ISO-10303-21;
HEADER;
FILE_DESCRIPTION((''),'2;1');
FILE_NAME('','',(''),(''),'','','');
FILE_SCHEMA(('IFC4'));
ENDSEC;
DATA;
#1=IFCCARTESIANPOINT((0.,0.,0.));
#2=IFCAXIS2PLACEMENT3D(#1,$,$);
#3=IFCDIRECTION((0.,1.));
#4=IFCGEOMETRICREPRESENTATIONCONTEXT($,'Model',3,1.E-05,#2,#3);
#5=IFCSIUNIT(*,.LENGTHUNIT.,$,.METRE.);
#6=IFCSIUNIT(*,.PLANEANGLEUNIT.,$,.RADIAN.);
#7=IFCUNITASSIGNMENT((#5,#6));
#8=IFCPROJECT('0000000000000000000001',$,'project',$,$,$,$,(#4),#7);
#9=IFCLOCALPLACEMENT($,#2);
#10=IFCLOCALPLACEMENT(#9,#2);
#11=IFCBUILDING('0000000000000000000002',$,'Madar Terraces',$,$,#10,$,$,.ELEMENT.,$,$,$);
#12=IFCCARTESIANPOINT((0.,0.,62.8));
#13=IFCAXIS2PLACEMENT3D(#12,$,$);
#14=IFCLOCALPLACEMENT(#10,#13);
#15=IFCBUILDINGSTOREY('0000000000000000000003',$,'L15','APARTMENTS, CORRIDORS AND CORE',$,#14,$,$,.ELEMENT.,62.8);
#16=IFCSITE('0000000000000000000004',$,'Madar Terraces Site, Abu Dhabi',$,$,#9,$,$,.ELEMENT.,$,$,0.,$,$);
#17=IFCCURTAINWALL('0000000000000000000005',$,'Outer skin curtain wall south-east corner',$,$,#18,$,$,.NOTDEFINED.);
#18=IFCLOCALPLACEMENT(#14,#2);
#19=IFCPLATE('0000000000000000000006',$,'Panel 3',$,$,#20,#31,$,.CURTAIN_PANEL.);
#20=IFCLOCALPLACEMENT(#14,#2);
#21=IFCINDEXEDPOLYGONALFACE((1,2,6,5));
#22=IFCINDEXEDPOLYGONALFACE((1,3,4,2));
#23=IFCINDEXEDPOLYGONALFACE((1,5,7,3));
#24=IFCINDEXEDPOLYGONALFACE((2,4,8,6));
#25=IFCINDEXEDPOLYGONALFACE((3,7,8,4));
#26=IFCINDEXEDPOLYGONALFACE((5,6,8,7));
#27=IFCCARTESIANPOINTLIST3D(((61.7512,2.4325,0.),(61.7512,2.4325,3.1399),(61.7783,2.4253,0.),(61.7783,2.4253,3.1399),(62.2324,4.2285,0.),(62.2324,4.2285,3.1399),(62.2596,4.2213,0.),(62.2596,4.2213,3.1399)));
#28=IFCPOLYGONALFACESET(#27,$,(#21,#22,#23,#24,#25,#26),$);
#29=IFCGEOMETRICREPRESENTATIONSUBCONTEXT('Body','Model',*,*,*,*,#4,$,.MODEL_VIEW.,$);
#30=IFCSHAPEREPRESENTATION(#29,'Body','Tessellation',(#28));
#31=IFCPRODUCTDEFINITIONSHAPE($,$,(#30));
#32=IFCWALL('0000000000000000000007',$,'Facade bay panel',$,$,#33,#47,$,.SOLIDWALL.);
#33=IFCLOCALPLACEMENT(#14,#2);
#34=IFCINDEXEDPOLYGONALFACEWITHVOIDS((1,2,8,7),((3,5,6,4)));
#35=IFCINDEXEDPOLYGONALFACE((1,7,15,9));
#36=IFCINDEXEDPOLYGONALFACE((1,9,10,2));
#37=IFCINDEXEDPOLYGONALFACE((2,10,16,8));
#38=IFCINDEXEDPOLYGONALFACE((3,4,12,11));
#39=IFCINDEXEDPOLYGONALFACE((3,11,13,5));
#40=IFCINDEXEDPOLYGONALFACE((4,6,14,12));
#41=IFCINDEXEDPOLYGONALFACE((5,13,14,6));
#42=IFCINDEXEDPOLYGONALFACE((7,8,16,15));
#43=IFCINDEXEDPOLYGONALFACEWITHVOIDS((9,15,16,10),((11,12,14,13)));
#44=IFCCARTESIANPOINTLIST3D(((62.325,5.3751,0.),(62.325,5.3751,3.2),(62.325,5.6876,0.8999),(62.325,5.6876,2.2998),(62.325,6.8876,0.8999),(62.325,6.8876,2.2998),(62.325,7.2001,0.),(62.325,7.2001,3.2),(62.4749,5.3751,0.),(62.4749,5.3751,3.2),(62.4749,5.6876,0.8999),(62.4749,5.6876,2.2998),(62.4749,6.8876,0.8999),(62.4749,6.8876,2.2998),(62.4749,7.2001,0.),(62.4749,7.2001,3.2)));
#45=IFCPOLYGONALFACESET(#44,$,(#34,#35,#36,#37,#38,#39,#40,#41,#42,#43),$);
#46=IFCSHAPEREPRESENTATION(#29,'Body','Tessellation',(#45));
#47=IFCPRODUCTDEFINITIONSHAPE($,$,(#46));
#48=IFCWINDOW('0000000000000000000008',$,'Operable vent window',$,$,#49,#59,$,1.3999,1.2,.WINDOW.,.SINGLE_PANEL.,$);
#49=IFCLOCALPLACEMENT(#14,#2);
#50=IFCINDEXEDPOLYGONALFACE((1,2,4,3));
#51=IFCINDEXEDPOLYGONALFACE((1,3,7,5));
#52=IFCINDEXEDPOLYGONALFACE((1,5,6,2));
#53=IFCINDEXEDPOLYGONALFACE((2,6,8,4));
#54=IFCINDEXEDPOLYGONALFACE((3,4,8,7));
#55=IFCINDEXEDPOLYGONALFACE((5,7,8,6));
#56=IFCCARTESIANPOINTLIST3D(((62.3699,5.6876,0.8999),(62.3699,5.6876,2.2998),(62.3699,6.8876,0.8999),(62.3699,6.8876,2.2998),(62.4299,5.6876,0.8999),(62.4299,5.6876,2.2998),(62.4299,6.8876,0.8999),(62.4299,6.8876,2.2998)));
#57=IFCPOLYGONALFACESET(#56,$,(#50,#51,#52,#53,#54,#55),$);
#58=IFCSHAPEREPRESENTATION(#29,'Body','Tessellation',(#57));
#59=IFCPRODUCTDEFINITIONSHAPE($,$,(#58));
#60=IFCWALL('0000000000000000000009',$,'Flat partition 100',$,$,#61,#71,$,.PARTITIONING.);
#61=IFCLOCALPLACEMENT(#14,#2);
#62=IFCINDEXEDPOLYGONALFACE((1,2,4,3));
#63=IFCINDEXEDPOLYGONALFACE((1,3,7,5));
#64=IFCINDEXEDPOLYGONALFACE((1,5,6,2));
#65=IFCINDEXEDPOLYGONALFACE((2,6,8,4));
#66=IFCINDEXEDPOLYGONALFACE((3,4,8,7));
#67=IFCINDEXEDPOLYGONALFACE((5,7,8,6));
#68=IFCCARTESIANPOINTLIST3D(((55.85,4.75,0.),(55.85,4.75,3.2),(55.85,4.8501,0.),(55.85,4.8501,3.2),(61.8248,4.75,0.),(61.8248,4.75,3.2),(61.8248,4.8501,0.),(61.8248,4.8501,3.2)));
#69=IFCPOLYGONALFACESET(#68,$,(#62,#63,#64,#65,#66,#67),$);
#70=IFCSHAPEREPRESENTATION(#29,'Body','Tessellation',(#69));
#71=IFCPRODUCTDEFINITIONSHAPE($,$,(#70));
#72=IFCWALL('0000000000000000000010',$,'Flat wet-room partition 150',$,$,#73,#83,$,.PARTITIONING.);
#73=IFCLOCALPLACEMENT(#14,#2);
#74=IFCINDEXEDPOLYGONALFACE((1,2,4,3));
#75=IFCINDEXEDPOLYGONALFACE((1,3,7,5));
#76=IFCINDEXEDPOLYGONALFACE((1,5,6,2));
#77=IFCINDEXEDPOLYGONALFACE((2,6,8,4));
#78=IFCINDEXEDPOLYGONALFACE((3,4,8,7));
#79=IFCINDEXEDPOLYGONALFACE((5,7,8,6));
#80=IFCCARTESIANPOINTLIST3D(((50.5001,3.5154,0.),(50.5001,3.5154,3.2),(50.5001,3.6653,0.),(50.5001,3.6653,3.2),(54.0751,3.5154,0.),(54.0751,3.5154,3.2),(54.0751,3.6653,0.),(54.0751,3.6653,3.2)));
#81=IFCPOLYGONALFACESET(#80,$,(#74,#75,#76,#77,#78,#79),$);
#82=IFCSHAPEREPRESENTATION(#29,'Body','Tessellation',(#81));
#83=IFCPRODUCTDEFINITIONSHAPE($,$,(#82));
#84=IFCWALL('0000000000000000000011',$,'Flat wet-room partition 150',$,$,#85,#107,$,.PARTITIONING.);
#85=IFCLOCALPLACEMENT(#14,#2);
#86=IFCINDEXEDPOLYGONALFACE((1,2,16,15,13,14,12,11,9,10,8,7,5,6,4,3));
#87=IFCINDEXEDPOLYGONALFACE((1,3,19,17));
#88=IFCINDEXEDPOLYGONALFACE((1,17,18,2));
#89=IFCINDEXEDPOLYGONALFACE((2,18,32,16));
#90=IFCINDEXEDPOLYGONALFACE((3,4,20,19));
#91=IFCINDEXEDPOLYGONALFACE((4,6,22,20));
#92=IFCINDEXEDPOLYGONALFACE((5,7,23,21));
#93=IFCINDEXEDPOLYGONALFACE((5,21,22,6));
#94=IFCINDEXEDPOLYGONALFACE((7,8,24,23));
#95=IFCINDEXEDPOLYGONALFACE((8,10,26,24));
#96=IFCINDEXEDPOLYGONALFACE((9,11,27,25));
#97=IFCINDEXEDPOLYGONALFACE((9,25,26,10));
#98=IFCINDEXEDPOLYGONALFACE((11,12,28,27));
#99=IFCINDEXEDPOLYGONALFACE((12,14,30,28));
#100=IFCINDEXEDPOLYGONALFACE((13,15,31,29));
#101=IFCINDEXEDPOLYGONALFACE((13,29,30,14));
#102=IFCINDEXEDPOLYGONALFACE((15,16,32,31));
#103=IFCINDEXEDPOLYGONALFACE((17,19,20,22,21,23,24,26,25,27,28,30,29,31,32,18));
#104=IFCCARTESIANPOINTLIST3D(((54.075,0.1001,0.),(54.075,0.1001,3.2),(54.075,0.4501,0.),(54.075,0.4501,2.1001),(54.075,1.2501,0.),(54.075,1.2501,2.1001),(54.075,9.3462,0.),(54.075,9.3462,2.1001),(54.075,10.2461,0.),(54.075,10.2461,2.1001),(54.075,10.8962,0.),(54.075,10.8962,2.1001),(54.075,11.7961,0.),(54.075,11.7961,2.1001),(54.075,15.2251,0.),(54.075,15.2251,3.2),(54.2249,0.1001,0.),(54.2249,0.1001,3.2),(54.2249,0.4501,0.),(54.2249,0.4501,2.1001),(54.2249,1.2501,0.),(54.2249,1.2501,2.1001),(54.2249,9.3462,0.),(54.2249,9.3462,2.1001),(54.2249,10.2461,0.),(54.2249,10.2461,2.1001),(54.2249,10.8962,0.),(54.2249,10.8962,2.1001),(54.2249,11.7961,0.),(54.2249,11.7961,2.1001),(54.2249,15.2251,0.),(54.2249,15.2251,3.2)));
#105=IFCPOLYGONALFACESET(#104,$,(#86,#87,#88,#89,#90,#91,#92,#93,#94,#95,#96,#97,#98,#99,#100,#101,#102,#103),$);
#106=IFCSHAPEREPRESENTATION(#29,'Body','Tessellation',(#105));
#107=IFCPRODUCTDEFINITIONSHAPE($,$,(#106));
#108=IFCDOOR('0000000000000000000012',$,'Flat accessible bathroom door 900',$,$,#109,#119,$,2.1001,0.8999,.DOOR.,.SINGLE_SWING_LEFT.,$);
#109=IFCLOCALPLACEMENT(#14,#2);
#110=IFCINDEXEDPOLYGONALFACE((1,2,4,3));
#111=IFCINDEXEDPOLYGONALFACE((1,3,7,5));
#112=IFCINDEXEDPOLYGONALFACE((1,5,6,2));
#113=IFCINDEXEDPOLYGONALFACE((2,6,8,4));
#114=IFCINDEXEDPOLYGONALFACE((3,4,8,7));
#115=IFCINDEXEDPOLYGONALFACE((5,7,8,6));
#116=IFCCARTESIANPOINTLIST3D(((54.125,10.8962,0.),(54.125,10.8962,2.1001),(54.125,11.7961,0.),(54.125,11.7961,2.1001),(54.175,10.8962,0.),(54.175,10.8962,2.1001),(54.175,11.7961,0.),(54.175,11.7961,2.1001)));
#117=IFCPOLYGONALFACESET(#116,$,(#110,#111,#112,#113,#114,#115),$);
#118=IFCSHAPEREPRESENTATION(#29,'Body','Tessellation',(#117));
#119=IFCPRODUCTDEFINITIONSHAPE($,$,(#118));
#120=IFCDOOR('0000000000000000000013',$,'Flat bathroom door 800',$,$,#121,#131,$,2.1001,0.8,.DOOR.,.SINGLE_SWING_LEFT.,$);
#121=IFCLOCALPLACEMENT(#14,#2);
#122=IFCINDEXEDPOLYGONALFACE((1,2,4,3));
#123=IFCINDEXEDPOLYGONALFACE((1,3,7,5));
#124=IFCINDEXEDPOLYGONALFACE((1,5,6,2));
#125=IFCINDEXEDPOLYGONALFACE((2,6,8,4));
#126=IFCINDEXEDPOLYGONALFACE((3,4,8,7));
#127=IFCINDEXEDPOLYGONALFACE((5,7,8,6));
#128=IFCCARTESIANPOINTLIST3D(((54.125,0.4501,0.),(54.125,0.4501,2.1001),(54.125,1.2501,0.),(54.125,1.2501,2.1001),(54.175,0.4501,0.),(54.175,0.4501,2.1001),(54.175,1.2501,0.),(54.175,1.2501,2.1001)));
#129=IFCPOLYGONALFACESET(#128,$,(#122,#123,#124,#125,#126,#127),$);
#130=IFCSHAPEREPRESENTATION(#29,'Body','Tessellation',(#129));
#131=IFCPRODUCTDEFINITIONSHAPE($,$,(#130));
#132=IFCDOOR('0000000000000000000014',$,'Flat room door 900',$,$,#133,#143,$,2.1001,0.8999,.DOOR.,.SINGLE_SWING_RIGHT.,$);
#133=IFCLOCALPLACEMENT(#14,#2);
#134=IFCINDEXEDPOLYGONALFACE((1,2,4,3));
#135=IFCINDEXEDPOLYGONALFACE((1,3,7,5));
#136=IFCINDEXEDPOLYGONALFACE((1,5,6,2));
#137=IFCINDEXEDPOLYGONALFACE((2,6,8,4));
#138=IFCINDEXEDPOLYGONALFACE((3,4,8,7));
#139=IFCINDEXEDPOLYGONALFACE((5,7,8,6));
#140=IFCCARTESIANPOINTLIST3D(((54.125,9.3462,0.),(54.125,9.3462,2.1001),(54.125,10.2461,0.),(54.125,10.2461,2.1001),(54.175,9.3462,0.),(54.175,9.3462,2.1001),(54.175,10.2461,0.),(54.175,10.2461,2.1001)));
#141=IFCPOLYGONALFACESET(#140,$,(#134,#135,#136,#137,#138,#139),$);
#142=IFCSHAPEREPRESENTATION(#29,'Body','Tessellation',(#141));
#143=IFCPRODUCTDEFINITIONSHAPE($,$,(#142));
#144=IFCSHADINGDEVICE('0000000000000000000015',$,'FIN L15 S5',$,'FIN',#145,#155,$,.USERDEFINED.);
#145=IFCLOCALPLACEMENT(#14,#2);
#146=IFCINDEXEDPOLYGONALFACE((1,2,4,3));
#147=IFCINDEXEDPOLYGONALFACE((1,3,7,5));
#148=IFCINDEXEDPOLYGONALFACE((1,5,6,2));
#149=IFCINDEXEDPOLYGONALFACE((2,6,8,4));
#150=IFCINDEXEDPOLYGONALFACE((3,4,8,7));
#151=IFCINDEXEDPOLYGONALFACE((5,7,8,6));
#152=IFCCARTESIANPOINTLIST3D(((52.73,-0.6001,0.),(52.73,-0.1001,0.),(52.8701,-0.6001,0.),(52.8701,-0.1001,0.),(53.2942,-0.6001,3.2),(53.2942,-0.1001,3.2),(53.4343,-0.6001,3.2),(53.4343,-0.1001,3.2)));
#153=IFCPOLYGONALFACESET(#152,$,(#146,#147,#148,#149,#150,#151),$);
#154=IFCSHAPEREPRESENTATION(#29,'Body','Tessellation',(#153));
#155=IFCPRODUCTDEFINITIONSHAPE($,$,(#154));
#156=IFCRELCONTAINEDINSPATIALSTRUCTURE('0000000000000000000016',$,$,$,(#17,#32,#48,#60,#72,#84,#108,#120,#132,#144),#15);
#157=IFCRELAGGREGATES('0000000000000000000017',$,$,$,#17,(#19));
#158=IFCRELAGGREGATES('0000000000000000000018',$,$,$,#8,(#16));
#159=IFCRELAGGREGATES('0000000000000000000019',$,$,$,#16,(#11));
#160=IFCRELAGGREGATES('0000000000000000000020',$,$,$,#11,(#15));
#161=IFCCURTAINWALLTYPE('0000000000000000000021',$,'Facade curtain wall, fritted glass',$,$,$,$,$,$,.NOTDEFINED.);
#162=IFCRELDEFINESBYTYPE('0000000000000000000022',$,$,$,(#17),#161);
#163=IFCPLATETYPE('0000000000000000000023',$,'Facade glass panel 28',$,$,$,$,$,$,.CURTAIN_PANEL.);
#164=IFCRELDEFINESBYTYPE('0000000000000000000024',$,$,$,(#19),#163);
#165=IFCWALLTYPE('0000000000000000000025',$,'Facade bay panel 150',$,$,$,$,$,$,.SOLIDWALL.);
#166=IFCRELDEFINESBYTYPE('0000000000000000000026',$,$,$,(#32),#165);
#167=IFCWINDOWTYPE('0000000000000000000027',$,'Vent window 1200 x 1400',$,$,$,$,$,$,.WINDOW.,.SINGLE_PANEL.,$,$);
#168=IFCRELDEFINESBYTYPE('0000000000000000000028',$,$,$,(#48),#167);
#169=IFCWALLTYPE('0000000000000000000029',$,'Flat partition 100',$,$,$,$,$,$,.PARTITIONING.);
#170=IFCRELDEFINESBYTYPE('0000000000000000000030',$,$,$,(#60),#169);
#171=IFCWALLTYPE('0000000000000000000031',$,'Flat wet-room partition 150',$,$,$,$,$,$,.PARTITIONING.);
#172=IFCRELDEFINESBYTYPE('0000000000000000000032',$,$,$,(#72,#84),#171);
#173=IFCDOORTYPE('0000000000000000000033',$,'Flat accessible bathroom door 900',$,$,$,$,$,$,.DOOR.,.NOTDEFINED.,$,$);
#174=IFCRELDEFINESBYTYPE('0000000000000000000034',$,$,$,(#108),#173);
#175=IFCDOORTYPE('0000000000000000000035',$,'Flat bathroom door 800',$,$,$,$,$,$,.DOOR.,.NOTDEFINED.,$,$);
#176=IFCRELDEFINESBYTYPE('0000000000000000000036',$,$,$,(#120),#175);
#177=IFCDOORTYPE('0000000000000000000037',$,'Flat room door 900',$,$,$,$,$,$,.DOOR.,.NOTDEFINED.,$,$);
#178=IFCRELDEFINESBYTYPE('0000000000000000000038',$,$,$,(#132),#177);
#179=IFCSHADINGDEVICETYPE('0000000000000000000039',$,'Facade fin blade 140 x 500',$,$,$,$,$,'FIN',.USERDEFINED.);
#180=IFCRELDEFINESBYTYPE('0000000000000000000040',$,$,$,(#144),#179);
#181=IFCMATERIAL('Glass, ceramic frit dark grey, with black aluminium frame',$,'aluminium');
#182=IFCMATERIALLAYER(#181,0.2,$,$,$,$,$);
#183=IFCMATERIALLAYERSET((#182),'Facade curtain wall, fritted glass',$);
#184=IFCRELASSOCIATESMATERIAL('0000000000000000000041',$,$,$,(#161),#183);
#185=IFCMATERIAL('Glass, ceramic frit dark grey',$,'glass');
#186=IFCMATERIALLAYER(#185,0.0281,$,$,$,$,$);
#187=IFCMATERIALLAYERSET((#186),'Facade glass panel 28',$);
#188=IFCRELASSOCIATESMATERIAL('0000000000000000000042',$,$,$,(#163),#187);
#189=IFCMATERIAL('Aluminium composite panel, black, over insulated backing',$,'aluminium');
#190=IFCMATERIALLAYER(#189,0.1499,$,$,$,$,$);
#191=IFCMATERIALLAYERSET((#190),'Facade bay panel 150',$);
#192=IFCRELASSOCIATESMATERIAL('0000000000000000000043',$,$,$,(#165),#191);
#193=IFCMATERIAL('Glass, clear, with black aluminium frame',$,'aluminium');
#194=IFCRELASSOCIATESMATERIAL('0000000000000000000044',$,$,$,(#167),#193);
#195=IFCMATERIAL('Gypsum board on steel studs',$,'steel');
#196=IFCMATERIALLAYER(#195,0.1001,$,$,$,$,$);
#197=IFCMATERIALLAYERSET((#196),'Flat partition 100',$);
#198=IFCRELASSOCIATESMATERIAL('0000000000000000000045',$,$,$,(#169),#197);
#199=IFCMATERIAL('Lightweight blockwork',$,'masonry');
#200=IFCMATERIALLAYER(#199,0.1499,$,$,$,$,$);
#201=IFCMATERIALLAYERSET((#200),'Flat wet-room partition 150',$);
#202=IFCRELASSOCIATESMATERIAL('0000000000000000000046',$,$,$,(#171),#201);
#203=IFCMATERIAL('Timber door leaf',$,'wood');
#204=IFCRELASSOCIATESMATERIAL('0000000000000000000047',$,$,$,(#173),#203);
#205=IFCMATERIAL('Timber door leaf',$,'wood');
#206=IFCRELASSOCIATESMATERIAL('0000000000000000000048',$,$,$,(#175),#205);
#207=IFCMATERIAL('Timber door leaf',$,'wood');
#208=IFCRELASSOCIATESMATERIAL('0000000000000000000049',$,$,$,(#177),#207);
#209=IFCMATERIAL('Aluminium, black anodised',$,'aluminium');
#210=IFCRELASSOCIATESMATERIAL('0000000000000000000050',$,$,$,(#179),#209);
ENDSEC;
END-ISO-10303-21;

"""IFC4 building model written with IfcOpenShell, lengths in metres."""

from ifc_helpers import new_model, si_unit, direction, frame, frame_2d, origin, origin_2d, place, context, subcontext, project, spatial, polyline, rectangle, outline, extrude, material, layer, layer_set, type_object, element, fill, aggregate, save


model = new_model("IFC4")

# Units and contexts
model_context = context("Model", 3, precision=1e-05, world=origin(), true_north=direction((0.0, 1.0)))
body_context = subcontext(model_context, "Body", "Model", "MODEL_VIEW")
ifc_project = project(units=[si_unit("LENGTHUNIT", "METRE"), si_unit("PLANEANGLEUNIT", "RADIAN")], contexts=[model_context])

# Site, building, storey
site_placement = place(None, origin())
site = spatial("IfcSite", under=ifc_project, at=site_placement, Name="Madar Terraces Site, Abu Dhabi", CompositionType="ELEMENT", RefElevation=0.0)
building_placement = place(site_placement, origin())
building = spatial("IfcBuilding", under=site, at=building_placement, Name="Madar Terraces", CompositionType="ELEMENT")
storey_placement = place(building_placement, frame((0.0, 0.0, 62.8)))
storey = spatial("IfcBuildingStorey", under=building, at=storey_placement, Name="L15", Description="APARTMENTS, CORRIDORS AND CORE", CompositionType="ELEMENT", Elevation=62.8)

# Shared definitions
ifc_material_1 = material(Name="Glass, ceramic frit dark grey, with black aluminium frame", Category="aluminium")
ifc_layer_1 = layer(ifc_material_1, 0.2)
ifc_layer_set_1 = layer_set([ifc_layer_1], Name="Facade curtain wall, fritted glass")
curtain_wall_type = type_object("IfcCurtainWallType", Name="Facade curtain wall, fritted glass", PredefinedType="NOTDEFINED", material=ifc_layer_set_1)

# Curtain wall
curtain_wall_1_placement = place(storey_placement, origin())
curtain_wall_1 = element("IfcCurtainWall", 1, at=curtain_wall_1_placement, inside=storey, type_object=curtain_wall_type, Name="Outer skin curtain wall south-east corner", PredefinedType="NOTDEFINED")

# Plate
ifc_material_2 = material(Name="Glass, ceramic frit dark grey", Category="glass")
ifc_layer_2 = layer(ifc_material_2, 0.0281)
ifc_layer_set_2 = layer_set([ifc_layer_2], Name="Facade glass panel 28")
plate_type = type_object("IfcPlateType", Name="Facade glass panel 28", PredefinedType="CURTAIN_PANEL", material=ifc_layer_set_2)
plate_1_placement = place(storey_placement, frame((62.0054, 3.3269, 0.0), z_axis=(0.0, 0.0, 1.0), x_axis=(0.258819, 0.965926, 0.0)))
plate_1 = element("IfcPlate", 2, at=plate_1_placement, type_object=plate_type, Name="Panel 3", PredefinedType="CURTAIN_PANEL", context=body_context, shape_type="SweptSolid", body=[
    extrude(rectangle(XDim=1.8594, YDim=0.0281, at=origin_2d()), origin(), (0.0, 0.0, 1.0), 3.1399),
])
aggregate(curtain_wall_1, [plate_1])

# Wall, opening, window
ifc_material_3 = material(Name="Aluminium composite panel, black, over insulated backing", Category="aluminium")
ifc_layer_3 = layer(ifc_material_3, 0.1499)
ifc_layer_set_3 = layer_set([ifc_layer_3], Name="Facade bay panel 150")
wall_type_1 = type_object("IfcWallType", Name="Facade bay panel 150", PredefinedType="SOLIDWALL", material=ifc_layer_set_3)
wall_1_placement = place(storey_placement, frame((62.3999, 5.375, 0.0), z_axis=(0.0, 0.0, 1.0), x_axis=(0.0, 1.0, 0.0)))
wall_1 = element("IfcWall", 3, at=wall_1_placement, inside=storey, type_object=wall_type_1, Name="Facade bay panel", PredefinedType="SOLIDWALL", context=body_context, shape_type="SweptSolid", body=[
    extrude(rectangle(XDim=1.825, YDim=0.1499, at=frame_2d((0.9126, 0.0))), origin(), (0.0, 0.0, 1.0), 3.2),
])
opening_1_placement = place(wall_1_placement, frame((0.3125, 0.0, 0.8999)))
opening_1 = element("IfcOpeningElement", 4, at=opening_1_placement, cuts=wall_1, PredefinedType="OPENING", context=body_context, shape_type="SweptSolid", body=[
    extrude(rectangle(XDim=1.2, YDim=1.3999, at=frame_2d((0.6001, 0.7))), frame((0.0, 0.085, 0.0), z_axis=(0.0, -1.0, 0.0), x_axis=(1.0, 0.0, 0.0)), (0.0, 0.0, 1.0), 0.1699),
])
ifc_material_4 = material(Name="Glass, clear, with black aluminium frame", Category="aluminium")
window_type = type_object("IfcWindowType", Name="Vent window 1200 x 1400", PartitioningType="SINGLE_PANEL", PredefinedType="WINDOW", material=ifc_material_4)
window_placement = place(opening_1_placement, origin())
window = element("IfcWindow", 5, at=window_placement, inside=storey, type_object=window_type, Name="Operable vent window", OverallHeight=1.3999, OverallWidth=1.2, PartitioningType="SINGLE_PANEL", PredefinedType="WINDOW", context=body_context, shape_type="SweptSolid", body=[
    extrude(rectangle(XDim=1.2, YDim=1.3999, at=frame_2d((0.6001, 0.7))), frame((0.0, 0.03, 0.0), z_axis=(0.0, -1.0, 0.0), x_axis=(1.0, 0.0, 0.0)), (0.0, 0.0, 1.0), 0.0601),
])
fill(opening_1, window)

# Walls
ifc_material_5 = material(Name="Gypsum board on steel studs", Category="steel")
ifc_layer_4 = layer(ifc_material_5, 0.1001)
ifc_layer_set_4 = layer_set([ifc_layer_4], Name="Flat partition 100")
wall_type_2 = type_object("IfcWallType", Name="Flat partition 100", PredefinedType="PARTITIONING", material=ifc_layer_set_4)
wall_2_placement = place(storey_placement, frame((55.8501, 4.8, 0.0), z_axis=(0.0, 0.0, 1.0), x_axis=(1.0, 0.0, 0.0)))
element("IfcWall", 6, at=wall_2_placement, inside=storey, type_object=wall_type_2, Name="Flat partition 100", PredefinedType="PARTITIONING", context=body_context, shape_type="SweptSolid", body=[
    extrude(rectangle(XDim=5.9749, YDim=0.1001, at=frame_2d((2.9873, 0.0))), origin(), (0.0, 0.0, 1.0), 3.2),
])
ifc_material_6 = material(Name="Lightweight blockwork", Category="masonry")
ifc_layer_5 = layer(ifc_material_6, 0.1499)
ifc_layer_set_5 = layer_set([ifc_layer_5], Name="Flat wet-room partition 150")
wall_type_3 = type_object("IfcWallType", Name="Flat wet-room partition 150", PredefinedType="PARTITIONING", material=ifc_layer_set_5)
wall_3_placement = place(storey_placement, frame((50.5, 3.5903, 0.0), z_axis=(0.0, 0.0, 1.0), x_axis=(1.0, 0.0, 0.0)))
element("IfcWall", 7, at=wall_3_placement, inside=storey, type_object=wall_type_3, Name="Flat wet-room partition 150", PredefinedType="PARTITIONING", context=body_context, shape_type="SweptSolid", body=[
    extrude(rectangle(XDim=3.575, YDim=0.1499, at=frame_2d((1.7876, 0.0))), origin(), (0.0, 0.0, 1.0), 3.2),
])

# Wall, openings, doors
wall_4_placement = place(storey_placement, frame((54.1499, 0.1001, 0.0), z_axis=(0.0, 0.0, 1.0), x_axis=(0.0, 1.0, 0.0)))
wall_4 = element("IfcWall", 8, at=wall_4_placement, inside=storey, type_object=wall_type_3, Name="Flat wet-room partition 150", PredefinedType="PARTITIONING", context=body_context, shape_type="SweptSolid", body=[
    extrude(rectangle(XDim=15.125, YDim=0.1499, at=frame_2d((7.5625, 0.0))), origin(), (0.0, 0.0, 1.0), 3.2),
])
opening_2_placement = place(wall_4_placement, frame((10.7961, 0.0, 0.0)))
opening_2 = element("IfcOpeningElement", 9, at=opening_2_placement, cuts=wall_4, PredefinedType="OPENING", context=body_context, shape_type="SweptSolid", body=[
    extrude(rectangle(XDim=0.8999, YDim=2.1001, at=frame_2d((0.45, 1.05))), frame((0.0, 0.085, 0.0), z_axis=(0.0, -1.0, 0.0), x_axis=(1.0, 0.0, 0.0)), (0.0, 0.0, 1.0), 0.1699),
])
opening_3_placement = place(wall_4_placement, frame((9.2461, 0.0, 0.0)))
opening_3 = element("IfcOpeningElement", 10, at=opening_3_placement, cuts=wall_4, PredefinedType="OPENING", context=body_context, shape_type="SweptSolid", body=[
    extrude(rectangle(XDim=0.8999, YDim=2.1001, at=frame_2d((0.45, 1.05))), frame((0.0, 0.085, 0.0), z_axis=(0.0, -1.0, 0.0), x_axis=(1.0, 0.0, 0.0)), (0.0, 0.0, 1.0), 0.1699),
])
opening_4_placement = place(wall_4_placement, frame((0.3501, 0.0, 0.0)))
opening_4 = element("IfcOpeningElement", 11, at=opening_4_placement, cuts=wall_4, PredefinedType="OPENING", context=body_context, shape_type="SweptSolid", body=[
    extrude(rectangle(XDim=0.8, YDim=2.1001, at=frame_2d((0.3999, 1.05))), frame((0.0, 0.085, 0.0), z_axis=(0.0, -1.0, 0.0), x_axis=(1.0, 0.0, 0.0)), (0.0, 0.0, 1.0), 0.1699),
])
ifc_material_7 = material(Name="Timber door leaf", Category="wood")
door_type_1 = type_object("IfcDoorType", Name="Flat accessible bathroom door 900", OperationType="NOTDEFINED", PredefinedType="DOOR", material=ifc_material_7)
door_1_placement = place(opening_2_placement, origin())
door_1 = element("IfcDoor", 12, at=door_1_placement, inside=storey, type_object=door_type_1, Name="Flat accessible bathroom door 900", OperationType="SINGLE_SWING_LEFT", OverallHeight=2.1001, OverallWidth=0.8999, PredefinedType="DOOR", context=body_context, shape_type="SweptSolid", body=[
    extrude(rectangle(XDim=0.8999, YDim=2.1001, at=frame_2d((0.45, 1.05))), frame((0.0, 0.0249, 0.0), z_axis=(0.0, -1.0, 0.0), x_axis=(1.0, 0.0, 0.0)), (0.0, 0.0, 1.0), 0.05),
])
fill(opening_2, door_1)
ifc_material_8 = material(Name="Timber door leaf", Category="wood")
door_type_2 = type_object("IfcDoorType", Name="Flat bathroom door 800", OperationType="NOTDEFINED", PredefinedType="DOOR", material=ifc_material_8)
door_2_placement = place(opening_4_placement, origin())
door_2 = element("IfcDoor", 13, at=door_2_placement, inside=storey, type_object=door_type_2, Name="Flat bathroom door 800", OperationType="SINGLE_SWING_LEFT", OverallHeight=2.1001, OverallWidth=0.8, PredefinedType="DOOR", context=body_context, shape_type="SweptSolid", body=[
    extrude(rectangle(XDim=0.8, YDim=2.1001, at=frame_2d((0.3999, 1.05))), frame((0.0, 0.0249, 0.0), z_axis=(0.0, -1.0, 0.0), x_axis=(1.0, 0.0, 0.0)), (0.0, 0.0, 1.0), 0.05),
])
fill(opening_4, door_2)
ifc_material_9 = material(Name="Timber door leaf", Category="wood")
door_type_3 = type_object("IfcDoorType", Name="Flat room door 900", OperationType="NOTDEFINED", PredefinedType="DOOR", material=ifc_material_9)
door_3_placement = place(opening_3_placement, origin())
door_3 = element("IfcDoor", 14, at=door_3_placement, inside=storey, type_object=door_type_3, Name="Flat room door 900", OperationType="SINGLE_SWING_RIGHT", OverallHeight=2.1001, OverallWidth=0.8999, PredefinedType="DOOR", context=body_context, shape_type="SweptSolid", body=[
    extrude(rectangle(XDim=0.8999, YDim=2.1001, at=frame_2d((0.45, 1.05))), frame((0.0, 0.0249, 0.0), z_axis=(0.0, -1.0, 0.0), x_axis=(1.0, 0.0, 0.0)), (0.0, 0.0, 1.0), 0.05),
])
fill(opening_3, door_3)

# Shading device
ifc_material_10 = material(Name="Aluminium, black anodised", Category="aluminium")
shading_device_type = type_object("IfcShadingDeviceType", Name="Facade fin blade 140 x 500", ElementType="FIN", PredefinedType="USERDEFINED", material=ifc_material_10)
shading_device_placement = place(storey_placement, frame((52.73, -0.3501, 0.0), z_axis=(0.0, 0.0, 1.0), x_axis=(1.0, 0.0, 0.0)))
element("IfcShadingDevice", 15, at=shading_device_placement, inside=storey, type_object=shading_device_type, Name="FIN L15 S5", ObjectType="FIN", PredefinedType="USERDEFINED", context=body_context, shape_type="SweptSolid", body=[
    extrude(outline(polyline([(0.0, 0.0), (0.1401, 0.0), (0.7043, 3.2), (0.5642, 3.2), (0.0, 0.0)])), frame((0.0, 0.25, 0.0), z_axis=(0.0, -1.0, 0.0), x_axis=(1.0, 0.0, 0.0)), (0.0, 0.0, 1.0), 0.5),
])

save(model, "model.ifc")
